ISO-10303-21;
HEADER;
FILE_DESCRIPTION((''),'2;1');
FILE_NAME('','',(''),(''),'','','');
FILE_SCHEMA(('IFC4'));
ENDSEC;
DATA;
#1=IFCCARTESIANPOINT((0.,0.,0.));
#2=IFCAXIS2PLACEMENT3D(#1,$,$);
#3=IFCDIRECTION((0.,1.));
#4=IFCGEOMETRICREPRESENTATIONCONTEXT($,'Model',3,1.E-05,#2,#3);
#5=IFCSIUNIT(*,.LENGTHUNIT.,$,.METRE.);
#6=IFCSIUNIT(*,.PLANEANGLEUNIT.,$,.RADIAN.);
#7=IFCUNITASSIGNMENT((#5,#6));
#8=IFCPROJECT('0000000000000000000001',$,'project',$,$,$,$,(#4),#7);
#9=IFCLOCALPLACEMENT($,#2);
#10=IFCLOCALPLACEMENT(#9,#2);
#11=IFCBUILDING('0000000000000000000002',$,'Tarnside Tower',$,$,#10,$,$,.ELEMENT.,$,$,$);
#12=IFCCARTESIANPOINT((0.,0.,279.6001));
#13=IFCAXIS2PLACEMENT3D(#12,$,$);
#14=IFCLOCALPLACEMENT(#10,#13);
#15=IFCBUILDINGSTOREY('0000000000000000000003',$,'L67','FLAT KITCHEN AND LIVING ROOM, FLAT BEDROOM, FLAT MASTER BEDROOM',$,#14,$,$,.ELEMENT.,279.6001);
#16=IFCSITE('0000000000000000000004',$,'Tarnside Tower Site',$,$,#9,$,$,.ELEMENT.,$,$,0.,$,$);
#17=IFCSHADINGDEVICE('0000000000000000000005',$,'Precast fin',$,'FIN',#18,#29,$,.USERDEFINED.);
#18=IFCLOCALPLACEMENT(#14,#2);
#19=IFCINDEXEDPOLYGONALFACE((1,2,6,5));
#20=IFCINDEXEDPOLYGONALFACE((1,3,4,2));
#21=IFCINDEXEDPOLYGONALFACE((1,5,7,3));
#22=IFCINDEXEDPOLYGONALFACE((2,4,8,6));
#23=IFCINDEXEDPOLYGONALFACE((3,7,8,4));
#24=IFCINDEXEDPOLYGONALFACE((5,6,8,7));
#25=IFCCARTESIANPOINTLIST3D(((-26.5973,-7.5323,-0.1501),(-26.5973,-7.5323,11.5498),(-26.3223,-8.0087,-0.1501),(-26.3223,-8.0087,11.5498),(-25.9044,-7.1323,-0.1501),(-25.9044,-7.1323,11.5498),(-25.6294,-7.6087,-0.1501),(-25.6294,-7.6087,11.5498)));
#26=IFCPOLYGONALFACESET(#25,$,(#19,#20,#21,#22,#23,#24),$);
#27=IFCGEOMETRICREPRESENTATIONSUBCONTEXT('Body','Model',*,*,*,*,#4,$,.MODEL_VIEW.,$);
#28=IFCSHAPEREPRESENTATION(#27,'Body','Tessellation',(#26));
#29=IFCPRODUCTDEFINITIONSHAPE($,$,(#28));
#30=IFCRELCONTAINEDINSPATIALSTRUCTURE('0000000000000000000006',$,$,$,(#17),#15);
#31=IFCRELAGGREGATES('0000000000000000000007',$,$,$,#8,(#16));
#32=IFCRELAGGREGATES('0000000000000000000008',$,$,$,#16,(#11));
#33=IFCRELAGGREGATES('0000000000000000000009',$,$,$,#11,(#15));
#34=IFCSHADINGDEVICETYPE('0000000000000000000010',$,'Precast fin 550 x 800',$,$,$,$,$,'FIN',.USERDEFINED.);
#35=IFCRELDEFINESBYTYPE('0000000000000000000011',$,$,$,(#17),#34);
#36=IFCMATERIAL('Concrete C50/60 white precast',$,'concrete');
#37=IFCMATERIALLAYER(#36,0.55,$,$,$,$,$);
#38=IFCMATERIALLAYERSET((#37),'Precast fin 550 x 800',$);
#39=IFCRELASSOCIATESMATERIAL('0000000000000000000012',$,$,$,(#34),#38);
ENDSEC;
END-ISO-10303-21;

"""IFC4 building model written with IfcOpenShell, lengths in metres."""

from ifc_helpers import new_model, si_unit, direction, frame, origin, place, context, subcontext, project, spatial, polyline, outline, extrude, material, layer, layer_set, type_object, element, save


model = new_model("IFC4")

# Units and contexts
model_context = context("Model", 3, precision=1e-05, world=origin(), true_north=direction((0.0, 1.0)))
body_context = subcontext(model_context, "Body", "Model", "MODEL_VIEW")
ifc_project = project(units=[si_unit("LENGTHUNIT", "METRE"), si_unit("PLANEANGLEUNIT", "RADIAN")], contexts=[model_context])

# Site, building, storey
site_placement = place(None, origin())
site = spatial("IfcSite", under=ifc_project, at=site_placement, Name="Tarnside Tower Site", CompositionType="ELEMENT", RefElevation=0.0)
building_placement = place(site_placement, origin())
building = spatial("IfcBuilding", under=site, at=building_placement, Name="Tarnside Tower", CompositionType="ELEMENT")
storey_placement = place(building_placement, frame((0.0, 0.0, 279.6001)))
storey = spatial("IfcBuildingStorey", under=building, at=storey_placement, Name="L67", Description="FLAT KITCHEN AND LIVING ROOM, FLAT BEDROOM, FLAT MASTER BEDROOM", CompositionType="ELEMENT", Elevation=279.6001)

# Shading device
ifc_material_1 = material(Name="Concrete C50/60 white precast", Category="concrete")
ifc_layer_1 = layer(ifc_material_1, 0.55)
ifc_layer_set_1 = layer_set([ifc_layer_1], Name="Precast fin 550 x 800")
shading_device_type_1 = type_object("IfcShadingDeviceType", Name="Precast fin 550 x 800", ElementType="FIN", PredefinedType="USERDEFINED", material=ifc_layer_set_1)
for number, where, z_axis, x_axis, name in (
    (1, (-25.7668, -7.3706, -0.1501), (-0.5, 0.866025, 0.0), (-0.866025, -0.5, 0.0), "Precast fin"),
):
    element("IfcShadingDevice", number, at=place(storey_placement, frame(where, z_axis=z_axis, x_axis=x_axis)), inside=storey, type_object=shading_device_type_1, Name=name, ObjectType="FIN", PredefinedType="USERDEFINED", context=body_context, shape_type="SweptSolid", body=[
        extrude(outline(polyline([(0.0, 0.0), (0.8, 0.0), (0.8, 11.7), (0.0, 11.7), (0.0, 0.0)])), frame((0.0, 0.0, -0.2749)), (0.0, 0.0, 1.0), 0.55),
    ])

save(model, "model.ifc")
